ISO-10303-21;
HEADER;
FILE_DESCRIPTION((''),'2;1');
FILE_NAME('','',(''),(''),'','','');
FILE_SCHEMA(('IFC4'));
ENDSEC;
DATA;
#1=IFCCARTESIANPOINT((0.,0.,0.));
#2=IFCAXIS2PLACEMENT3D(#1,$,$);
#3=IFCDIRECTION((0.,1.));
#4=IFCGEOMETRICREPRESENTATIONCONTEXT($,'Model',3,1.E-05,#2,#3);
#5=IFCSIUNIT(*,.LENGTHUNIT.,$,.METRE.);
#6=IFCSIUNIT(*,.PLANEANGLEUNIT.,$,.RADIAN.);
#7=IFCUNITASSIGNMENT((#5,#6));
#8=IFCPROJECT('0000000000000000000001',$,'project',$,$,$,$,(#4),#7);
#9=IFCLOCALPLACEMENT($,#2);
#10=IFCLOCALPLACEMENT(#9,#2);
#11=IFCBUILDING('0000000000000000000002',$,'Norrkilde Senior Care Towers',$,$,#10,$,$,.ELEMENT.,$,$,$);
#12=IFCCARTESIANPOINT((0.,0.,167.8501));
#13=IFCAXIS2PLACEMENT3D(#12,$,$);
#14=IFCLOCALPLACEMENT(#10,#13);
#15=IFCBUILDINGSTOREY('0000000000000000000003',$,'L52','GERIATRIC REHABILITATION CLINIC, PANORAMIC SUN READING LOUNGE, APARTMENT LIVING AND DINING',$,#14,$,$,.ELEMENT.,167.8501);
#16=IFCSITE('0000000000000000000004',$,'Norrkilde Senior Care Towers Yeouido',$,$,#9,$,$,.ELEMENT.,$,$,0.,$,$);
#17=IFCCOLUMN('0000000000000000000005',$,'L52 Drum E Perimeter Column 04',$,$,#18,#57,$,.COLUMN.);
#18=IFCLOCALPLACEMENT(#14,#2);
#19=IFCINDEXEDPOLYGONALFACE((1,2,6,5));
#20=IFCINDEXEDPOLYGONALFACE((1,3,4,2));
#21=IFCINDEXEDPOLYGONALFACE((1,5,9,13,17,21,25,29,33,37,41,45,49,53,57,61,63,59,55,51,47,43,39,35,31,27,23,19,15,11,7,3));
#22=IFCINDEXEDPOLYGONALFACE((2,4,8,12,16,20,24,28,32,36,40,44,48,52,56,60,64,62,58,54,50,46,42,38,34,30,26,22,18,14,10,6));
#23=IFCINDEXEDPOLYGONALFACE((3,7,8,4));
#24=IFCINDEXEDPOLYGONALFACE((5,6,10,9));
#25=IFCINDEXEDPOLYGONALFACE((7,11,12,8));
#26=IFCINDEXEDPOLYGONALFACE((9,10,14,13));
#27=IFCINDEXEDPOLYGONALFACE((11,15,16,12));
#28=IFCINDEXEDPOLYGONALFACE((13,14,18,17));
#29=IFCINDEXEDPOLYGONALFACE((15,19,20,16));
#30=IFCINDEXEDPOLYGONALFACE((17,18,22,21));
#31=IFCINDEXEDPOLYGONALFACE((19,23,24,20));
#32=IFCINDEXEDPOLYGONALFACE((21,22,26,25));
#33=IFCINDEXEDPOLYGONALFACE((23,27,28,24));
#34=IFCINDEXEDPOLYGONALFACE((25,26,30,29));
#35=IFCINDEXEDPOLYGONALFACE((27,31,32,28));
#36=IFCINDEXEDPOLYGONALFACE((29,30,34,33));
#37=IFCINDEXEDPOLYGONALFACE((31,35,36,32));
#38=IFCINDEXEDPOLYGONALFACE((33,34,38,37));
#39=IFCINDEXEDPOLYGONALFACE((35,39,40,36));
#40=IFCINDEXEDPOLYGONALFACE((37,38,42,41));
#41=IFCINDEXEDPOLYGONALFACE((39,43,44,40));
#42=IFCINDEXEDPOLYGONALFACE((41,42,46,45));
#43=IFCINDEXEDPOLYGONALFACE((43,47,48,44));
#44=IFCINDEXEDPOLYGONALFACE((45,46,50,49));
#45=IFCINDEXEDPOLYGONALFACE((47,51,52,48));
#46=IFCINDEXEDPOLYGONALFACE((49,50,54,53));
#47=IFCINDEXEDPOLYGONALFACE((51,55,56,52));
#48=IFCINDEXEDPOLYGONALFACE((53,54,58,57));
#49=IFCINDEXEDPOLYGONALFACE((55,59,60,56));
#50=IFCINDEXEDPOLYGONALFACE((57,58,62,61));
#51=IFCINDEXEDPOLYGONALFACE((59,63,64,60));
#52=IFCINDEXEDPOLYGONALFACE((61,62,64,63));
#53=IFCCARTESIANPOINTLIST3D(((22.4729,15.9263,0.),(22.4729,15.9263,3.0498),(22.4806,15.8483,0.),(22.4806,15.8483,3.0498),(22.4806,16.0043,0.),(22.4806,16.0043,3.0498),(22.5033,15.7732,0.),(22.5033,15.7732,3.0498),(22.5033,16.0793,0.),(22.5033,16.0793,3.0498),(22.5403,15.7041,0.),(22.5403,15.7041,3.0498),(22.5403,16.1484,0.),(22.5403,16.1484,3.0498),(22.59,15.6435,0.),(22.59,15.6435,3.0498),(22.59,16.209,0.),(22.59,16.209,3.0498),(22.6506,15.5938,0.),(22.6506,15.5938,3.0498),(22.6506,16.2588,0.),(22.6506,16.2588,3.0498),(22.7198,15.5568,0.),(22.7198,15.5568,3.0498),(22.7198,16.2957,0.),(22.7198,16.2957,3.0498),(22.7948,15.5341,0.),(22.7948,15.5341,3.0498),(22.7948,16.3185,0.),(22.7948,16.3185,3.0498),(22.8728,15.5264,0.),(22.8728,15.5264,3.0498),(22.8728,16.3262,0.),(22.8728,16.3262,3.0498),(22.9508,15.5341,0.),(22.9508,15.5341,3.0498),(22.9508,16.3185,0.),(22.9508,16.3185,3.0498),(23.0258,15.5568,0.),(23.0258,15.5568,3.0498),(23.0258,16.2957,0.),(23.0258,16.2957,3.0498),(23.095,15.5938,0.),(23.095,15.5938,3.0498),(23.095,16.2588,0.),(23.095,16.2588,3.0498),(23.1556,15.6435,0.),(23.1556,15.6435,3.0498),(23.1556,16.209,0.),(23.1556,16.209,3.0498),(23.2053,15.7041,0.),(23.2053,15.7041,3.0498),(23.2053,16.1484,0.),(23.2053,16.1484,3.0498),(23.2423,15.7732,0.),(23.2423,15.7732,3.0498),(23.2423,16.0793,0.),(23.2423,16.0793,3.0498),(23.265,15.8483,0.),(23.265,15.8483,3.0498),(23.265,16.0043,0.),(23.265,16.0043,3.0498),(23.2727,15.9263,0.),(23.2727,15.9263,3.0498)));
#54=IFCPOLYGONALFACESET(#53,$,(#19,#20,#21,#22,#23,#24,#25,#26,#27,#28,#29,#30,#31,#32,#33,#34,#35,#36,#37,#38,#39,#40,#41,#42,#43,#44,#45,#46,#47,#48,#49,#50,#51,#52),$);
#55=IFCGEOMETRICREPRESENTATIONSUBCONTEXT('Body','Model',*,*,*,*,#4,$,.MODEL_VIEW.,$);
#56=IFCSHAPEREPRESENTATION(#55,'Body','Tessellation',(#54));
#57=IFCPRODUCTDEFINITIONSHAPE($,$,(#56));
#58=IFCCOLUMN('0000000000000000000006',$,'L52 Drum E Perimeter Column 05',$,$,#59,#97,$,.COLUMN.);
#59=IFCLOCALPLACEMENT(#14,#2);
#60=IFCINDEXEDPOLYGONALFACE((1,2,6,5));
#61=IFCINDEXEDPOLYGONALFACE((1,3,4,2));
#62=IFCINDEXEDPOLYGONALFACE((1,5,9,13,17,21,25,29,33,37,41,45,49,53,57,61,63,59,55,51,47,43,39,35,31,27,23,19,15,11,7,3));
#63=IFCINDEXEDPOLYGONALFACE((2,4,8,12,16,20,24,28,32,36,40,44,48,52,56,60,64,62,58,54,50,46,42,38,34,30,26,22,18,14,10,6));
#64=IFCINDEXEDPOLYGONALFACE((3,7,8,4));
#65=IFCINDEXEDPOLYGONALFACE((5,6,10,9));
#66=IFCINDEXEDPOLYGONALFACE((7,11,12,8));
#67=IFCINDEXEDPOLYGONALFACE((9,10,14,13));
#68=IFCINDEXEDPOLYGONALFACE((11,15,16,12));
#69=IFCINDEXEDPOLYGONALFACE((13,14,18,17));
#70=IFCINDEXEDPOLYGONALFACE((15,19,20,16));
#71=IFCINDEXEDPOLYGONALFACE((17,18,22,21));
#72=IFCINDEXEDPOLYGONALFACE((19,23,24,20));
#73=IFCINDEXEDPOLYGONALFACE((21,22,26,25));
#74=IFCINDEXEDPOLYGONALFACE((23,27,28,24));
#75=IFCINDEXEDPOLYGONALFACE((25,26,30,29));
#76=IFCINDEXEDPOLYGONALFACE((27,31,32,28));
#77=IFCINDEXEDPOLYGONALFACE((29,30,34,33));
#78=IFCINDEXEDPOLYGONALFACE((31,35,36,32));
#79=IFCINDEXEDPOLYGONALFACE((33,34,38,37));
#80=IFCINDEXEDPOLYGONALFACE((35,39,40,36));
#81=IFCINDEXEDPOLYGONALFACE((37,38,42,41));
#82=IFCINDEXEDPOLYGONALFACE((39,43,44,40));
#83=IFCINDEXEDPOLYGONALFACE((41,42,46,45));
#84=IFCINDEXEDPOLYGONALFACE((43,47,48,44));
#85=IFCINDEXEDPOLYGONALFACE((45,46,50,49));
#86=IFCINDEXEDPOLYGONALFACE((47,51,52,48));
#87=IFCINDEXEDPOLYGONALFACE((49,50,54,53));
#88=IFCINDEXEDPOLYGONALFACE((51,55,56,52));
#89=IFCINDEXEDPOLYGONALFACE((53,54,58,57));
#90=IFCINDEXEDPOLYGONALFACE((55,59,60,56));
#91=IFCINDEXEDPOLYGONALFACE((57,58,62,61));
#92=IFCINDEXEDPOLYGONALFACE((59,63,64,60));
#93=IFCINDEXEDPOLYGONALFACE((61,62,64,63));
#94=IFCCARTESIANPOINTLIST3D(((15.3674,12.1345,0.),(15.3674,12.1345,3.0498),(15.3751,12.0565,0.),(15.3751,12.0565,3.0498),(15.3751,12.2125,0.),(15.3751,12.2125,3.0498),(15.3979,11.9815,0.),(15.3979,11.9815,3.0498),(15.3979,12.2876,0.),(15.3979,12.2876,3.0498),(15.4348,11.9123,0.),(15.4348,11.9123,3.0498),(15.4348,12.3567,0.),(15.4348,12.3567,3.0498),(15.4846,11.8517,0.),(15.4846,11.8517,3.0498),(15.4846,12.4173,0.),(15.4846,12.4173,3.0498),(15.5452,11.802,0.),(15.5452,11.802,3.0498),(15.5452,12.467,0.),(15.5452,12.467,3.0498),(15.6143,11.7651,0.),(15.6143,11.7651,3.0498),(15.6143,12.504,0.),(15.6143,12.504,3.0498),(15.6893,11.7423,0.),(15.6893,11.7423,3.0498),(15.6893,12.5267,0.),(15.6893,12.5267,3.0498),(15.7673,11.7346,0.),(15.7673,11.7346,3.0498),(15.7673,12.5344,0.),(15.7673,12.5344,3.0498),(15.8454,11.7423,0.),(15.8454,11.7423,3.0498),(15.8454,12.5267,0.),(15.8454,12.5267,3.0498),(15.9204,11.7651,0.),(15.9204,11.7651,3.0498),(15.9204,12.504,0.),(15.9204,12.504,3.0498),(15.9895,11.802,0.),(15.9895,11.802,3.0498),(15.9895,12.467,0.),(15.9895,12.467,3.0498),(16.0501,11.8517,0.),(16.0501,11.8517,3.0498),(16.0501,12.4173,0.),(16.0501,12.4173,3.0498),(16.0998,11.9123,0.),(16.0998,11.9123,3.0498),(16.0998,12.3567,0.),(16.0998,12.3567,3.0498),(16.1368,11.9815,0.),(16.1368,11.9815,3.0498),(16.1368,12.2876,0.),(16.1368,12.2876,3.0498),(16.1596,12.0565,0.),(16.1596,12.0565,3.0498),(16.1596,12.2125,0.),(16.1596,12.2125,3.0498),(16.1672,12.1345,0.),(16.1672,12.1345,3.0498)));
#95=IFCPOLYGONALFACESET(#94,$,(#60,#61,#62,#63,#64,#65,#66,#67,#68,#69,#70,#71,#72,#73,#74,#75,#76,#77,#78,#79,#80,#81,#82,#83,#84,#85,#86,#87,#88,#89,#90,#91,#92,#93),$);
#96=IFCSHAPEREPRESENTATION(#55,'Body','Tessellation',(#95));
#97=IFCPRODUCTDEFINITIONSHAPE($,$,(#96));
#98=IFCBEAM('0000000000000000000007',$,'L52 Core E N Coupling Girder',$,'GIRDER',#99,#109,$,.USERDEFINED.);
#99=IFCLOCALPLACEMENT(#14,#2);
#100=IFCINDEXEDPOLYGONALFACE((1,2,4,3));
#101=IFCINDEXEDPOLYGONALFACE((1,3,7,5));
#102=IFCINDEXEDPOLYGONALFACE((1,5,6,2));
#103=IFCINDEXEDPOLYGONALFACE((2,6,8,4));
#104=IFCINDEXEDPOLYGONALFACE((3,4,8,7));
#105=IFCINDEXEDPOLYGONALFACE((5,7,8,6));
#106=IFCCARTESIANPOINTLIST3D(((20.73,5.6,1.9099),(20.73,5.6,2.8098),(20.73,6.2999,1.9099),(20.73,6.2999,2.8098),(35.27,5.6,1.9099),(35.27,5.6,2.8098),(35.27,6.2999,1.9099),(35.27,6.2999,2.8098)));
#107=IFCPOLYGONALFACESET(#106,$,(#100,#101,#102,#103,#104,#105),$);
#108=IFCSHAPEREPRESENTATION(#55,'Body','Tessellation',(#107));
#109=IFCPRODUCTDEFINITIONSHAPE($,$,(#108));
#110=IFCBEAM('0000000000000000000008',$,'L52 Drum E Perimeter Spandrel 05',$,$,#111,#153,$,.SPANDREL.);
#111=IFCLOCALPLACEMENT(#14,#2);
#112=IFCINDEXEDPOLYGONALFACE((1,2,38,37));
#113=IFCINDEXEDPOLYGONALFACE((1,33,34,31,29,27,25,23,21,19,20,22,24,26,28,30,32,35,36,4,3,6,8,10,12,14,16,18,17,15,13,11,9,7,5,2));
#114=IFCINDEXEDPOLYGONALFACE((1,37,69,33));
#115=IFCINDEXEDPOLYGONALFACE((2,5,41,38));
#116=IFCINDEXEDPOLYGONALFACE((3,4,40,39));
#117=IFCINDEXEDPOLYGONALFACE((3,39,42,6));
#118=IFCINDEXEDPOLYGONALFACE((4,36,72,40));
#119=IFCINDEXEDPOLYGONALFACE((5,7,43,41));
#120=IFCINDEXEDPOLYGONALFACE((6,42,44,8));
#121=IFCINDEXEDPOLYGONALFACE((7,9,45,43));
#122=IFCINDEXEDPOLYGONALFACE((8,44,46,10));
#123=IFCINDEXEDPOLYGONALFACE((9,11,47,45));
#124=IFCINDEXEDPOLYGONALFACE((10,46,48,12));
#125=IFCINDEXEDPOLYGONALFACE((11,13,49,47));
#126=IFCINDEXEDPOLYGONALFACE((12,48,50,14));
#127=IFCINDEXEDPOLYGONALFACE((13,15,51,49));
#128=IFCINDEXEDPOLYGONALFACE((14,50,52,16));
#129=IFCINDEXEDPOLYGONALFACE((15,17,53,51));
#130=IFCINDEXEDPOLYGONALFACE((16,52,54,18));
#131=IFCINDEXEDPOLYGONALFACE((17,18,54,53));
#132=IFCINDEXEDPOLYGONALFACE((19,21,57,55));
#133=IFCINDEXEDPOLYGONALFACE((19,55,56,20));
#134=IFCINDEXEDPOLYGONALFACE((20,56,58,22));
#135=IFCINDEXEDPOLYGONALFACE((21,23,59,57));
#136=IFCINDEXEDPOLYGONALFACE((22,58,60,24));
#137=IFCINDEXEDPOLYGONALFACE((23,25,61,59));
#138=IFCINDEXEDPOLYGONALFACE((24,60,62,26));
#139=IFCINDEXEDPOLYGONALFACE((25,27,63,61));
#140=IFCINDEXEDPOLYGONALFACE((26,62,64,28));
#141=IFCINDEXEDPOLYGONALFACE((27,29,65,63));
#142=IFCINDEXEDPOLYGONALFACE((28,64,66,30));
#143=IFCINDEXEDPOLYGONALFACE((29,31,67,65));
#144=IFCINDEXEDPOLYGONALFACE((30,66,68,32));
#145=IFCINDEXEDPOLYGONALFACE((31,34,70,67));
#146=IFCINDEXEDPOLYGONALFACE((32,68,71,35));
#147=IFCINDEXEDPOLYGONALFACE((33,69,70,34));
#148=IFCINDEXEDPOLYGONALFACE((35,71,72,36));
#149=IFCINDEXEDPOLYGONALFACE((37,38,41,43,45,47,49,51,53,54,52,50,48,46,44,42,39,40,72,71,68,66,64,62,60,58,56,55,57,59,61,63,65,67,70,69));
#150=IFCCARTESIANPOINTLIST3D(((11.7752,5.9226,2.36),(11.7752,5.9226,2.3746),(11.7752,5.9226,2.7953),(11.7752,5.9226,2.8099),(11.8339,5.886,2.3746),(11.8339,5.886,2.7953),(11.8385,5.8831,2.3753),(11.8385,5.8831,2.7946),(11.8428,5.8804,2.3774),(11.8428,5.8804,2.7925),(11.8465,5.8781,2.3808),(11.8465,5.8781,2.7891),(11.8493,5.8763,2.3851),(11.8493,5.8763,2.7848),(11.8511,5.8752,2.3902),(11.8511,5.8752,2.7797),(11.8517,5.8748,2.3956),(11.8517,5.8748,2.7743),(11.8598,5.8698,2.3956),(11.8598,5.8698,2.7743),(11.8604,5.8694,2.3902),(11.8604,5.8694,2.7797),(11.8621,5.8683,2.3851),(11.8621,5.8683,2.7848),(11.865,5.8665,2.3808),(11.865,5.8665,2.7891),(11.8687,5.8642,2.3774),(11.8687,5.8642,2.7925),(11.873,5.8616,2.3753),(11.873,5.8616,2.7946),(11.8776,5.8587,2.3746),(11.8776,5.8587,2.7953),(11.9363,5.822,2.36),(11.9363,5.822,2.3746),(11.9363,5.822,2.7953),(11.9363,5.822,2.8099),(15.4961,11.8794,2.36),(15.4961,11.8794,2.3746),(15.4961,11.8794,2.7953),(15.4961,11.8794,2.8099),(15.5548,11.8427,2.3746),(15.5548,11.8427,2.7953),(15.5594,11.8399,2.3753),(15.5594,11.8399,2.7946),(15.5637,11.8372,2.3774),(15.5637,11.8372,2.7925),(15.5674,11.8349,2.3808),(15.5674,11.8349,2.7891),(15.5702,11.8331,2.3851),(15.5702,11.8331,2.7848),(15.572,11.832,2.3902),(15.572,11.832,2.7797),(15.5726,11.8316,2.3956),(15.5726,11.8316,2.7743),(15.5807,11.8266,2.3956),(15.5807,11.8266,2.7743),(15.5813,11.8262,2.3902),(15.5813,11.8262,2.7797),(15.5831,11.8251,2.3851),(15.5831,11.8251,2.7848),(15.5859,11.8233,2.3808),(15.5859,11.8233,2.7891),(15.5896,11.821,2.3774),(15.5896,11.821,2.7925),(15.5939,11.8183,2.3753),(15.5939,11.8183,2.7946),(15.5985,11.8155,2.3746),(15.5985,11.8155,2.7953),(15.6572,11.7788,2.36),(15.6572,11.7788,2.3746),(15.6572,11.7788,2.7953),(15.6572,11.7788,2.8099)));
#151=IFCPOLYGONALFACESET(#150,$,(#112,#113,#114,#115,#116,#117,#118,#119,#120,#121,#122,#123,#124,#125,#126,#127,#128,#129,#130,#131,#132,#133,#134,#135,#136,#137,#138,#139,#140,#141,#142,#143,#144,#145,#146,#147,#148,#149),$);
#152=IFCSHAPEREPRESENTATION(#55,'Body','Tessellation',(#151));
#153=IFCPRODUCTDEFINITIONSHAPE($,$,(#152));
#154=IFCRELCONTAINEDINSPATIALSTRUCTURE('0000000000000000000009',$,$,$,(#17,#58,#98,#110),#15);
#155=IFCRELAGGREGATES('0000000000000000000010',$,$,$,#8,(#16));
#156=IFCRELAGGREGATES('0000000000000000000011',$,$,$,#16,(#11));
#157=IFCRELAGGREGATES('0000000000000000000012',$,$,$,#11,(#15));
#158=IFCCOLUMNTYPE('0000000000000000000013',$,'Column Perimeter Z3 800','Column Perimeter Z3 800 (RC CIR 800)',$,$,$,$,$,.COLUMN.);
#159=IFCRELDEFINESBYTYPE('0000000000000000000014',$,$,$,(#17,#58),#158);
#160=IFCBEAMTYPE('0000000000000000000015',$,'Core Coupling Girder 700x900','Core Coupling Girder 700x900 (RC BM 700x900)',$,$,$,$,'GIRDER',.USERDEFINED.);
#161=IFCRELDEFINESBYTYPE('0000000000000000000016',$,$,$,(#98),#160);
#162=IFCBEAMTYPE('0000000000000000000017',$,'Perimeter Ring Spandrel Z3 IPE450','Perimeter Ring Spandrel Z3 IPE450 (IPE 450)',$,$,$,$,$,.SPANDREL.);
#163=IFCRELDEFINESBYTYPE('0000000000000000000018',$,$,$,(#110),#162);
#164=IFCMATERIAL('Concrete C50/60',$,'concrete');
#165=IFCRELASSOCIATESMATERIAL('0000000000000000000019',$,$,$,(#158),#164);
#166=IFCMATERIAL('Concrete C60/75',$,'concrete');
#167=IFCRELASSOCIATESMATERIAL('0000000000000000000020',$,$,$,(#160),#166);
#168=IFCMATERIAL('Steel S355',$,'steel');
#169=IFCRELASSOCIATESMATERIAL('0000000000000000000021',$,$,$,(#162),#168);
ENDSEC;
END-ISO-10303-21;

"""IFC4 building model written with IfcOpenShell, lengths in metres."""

from ifc_helpers import new_model, si_unit, direction, frame, origin, origin_2d, place, context, subcontext, project, spatial, rectangle, circle, i_section, extrude, source, transform, mapped, material, material_profile, profile_set, type_object, type_shapes, element, save


model = new_model("IFC4")

# Units and contexts
model_context = context("Model", 3, precision=1e-05, world=origin(), true_north=direction((0.0, 1.0)))
body_context = subcontext(model_context, "Body", "Model", "MODEL_VIEW")
ifc_project = project(units=[si_unit("LENGTHUNIT", "METRE"), si_unit("PLANEANGLEUNIT", "RADIAN")], contexts=[model_context])

# Site, building, storey
site_placement = place(None, origin())
site = spatial("IfcSite", under=ifc_project, at=site_placement, Name="Norrkilde Senior Care Towers Yeouido", CompositionType="ELEMENT", RefElevation=0.0)
building_placement = place(site_placement, origin())
building = spatial("IfcBuilding", under=site, at=building_placement, Name="Norrkilde Senior Care Towers", CompositionType="ELEMENT")
storey_placement = place(building_placement, frame((0.0, 0.0, 167.8501)))
storey = spatial("IfcBuildingStorey", under=building, at=storey_placement, Name="L52", Description="GERIATRIC REHABILITATION CLINIC, PANORAMIC SUN READING LOUNGE, APARTMENT LIVING AND DINING", CompositionType="ELEMENT", Elevation=167.8501)

# Columns
ifc_material_1 = material(Name="Concrete C50/60", Category="concrete")
ifc_material_profile_1 = material_profile(ifc_material_1, circle(Radius=0.3999, at=origin_2d()), Name="RC CIR 800")
ifc_profile_set_1 = profile_set([ifc_material_profile_1], Name="Concrete C50/60")
column_type = type_object("IfcColumnType", Name="Column Perimeter Z3 800", Description="Column Perimeter Z3 800 (RC CIR 800)", PredefinedType="COLUMN", material=ifc_profile_set_1)
shared_shape_1 = source(origin(), body_context, "Body", "SweptSolid", [
    extrude(circle(Radius=0.3999, at=origin_2d()), origin(), (0.0, 0.0, 1.0), 3.0498),
])
type_shapes(column_type, [shared_shape_1])
for number, where, z_axis, x_axis, name in (
    (1, (22.8728, 15.9263, 0.0), (0.0, 0.0, 1.0), (1.0, 0.0, 0.0), "L52 Drum E Perimeter Column 04"),
    (2, (15.7673, 12.1345, 0.0), (0.0, 0.0, 1.0), (1.0, 0.0, 0.0), "L52 Drum E Perimeter Column 05"),
):
    element("IfcColumn", number, at=place(storey_placement, frame(where, z_axis=z_axis, x_axis=x_axis)), inside=storey, type_object=column_type, Name=name, PredefinedType="COLUMN", context=body_context, shape_type="MappedRepresentation", body=[
        mapped(shared_shape_1, transform((0.0, 0.0, 0.0), x_axis=(1.0, 0.0, 0.0), y_axis=(0.0, 1.0, 0.0), z_axis=(0.0, 0.0, 1.0), scale=1.0)),
    ])

# Beams
ifc_material_2 = material(Name="Concrete C60/75", Category="concrete")
ifc_material_profile_2 = material_profile(ifc_material_2, rectangle(XDim=0.7, YDim=0.8999, at=origin_2d()), Name="RC BM 700x900")
ifc_profile_set_2 = profile_set([ifc_material_profile_2], Name="Concrete C60/75")
beam_type_1 = type_object("IfcBeamType", Name="Core Coupling Girder 700x900", Description="Core Coupling Girder 700x900 (RC BM 700x900)", ElementType="GIRDER", PredefinedType="USERDEFINED", material=ifc_profile_set_2)
shared_shape_2 = source(origin(), body_context, "Body", "SweptSolid", [
    extrude(rectangle(XDim=0.7, YDim=0.8999, at=origin_2d()), origin(), (0.0, 0.0, 1.0), 14.54),
])
type_shapes(beam_type_1, [shared_shape_2])
beam_1_placement = place(storey_placement, frame((20.73, 5.95, 2.3599), z_axis=(1.0, 0.0, 0.0), x_axis=(0.0, 1.0, 0.0)))
element("IfcBeam", 3, at=beam_1_placement, inside=storey, type_object=beam_type_1, Name="L52 Core E N Coupling Girder", ObjectType="GIRDER", PredefinedType="USERDEFINED", context=body_context, shape_type="MappedRepresentation", body=[
    mapped(shared_shape_2, transform((0.0, 0.0, 0.0), x_axis=(1.0, 0.0, 0.0), y_axis=(0.0, 1.0, 0.0), z_axis=(0.0, 0.0, 1.0), scale=1.0)),
])
ifc_material_3 = material(Name="Steel S355", Category="steel")
ifc_material_profile_3 = material_profile(ifc_material_3, i_section(OverallWidth=0.1899, OverallDepth=0.45, WebThickness=0.0095, FlangeThickness=0.0146, FilletRadius=0.021, at=origin_2d()), Name="IPE 450")
ifc_profile_set_3 = profile_set([ifc_material_profile_3], Name="Steel S355")
beam_type_2 = type_object("IfcBeamType", Name="Perimeter Ring Spandrel Z3 IPE450", Description="Perimeter Ring Spandrel Z3 IPE450 (IPE 450)", PredefinedType="SPANDREL", material=ifc_profile_set_3)
shared_shape_3 = source(origin(), body_context, "Body", "SweptSolid", [
    extrude(i_section(OverallWidth=0.1899, OverallDepth=0.45, WebThickness=0.0095, FlangeThickness=0.0146, FilletRadius=0.021, at=origin_2d()), origin(), (0.0, 0.0, 1.0), 7.0234),
])
beam_2_placement = place(storey_placement, frame((15.5767, 11.8291, 2.585), z_axis=(-0.52979, -0.848129, 0.0), x_axis=(0.848129, -0.52979, 0.0)))
element("IfcBeam", 4, at=beam_2_placement, inside=storey, type_object=beam_type_2, Name="L52 Drum E Perimeter Spandrel 05", PredefinedType="SPANDREL", context=body_context, shape_type="MappedRepresentation", body=[
    mapped(shared_shape_3, transform((0.0, 0.0, 0.0), x_axis=(1.0, 0.0, 0.0), y_axis=(0.0, 1.0, 0.0), z_axis=(0.0, 0.0, 1.0), scale=1.0)),
])

save(model, "model.ifc")
